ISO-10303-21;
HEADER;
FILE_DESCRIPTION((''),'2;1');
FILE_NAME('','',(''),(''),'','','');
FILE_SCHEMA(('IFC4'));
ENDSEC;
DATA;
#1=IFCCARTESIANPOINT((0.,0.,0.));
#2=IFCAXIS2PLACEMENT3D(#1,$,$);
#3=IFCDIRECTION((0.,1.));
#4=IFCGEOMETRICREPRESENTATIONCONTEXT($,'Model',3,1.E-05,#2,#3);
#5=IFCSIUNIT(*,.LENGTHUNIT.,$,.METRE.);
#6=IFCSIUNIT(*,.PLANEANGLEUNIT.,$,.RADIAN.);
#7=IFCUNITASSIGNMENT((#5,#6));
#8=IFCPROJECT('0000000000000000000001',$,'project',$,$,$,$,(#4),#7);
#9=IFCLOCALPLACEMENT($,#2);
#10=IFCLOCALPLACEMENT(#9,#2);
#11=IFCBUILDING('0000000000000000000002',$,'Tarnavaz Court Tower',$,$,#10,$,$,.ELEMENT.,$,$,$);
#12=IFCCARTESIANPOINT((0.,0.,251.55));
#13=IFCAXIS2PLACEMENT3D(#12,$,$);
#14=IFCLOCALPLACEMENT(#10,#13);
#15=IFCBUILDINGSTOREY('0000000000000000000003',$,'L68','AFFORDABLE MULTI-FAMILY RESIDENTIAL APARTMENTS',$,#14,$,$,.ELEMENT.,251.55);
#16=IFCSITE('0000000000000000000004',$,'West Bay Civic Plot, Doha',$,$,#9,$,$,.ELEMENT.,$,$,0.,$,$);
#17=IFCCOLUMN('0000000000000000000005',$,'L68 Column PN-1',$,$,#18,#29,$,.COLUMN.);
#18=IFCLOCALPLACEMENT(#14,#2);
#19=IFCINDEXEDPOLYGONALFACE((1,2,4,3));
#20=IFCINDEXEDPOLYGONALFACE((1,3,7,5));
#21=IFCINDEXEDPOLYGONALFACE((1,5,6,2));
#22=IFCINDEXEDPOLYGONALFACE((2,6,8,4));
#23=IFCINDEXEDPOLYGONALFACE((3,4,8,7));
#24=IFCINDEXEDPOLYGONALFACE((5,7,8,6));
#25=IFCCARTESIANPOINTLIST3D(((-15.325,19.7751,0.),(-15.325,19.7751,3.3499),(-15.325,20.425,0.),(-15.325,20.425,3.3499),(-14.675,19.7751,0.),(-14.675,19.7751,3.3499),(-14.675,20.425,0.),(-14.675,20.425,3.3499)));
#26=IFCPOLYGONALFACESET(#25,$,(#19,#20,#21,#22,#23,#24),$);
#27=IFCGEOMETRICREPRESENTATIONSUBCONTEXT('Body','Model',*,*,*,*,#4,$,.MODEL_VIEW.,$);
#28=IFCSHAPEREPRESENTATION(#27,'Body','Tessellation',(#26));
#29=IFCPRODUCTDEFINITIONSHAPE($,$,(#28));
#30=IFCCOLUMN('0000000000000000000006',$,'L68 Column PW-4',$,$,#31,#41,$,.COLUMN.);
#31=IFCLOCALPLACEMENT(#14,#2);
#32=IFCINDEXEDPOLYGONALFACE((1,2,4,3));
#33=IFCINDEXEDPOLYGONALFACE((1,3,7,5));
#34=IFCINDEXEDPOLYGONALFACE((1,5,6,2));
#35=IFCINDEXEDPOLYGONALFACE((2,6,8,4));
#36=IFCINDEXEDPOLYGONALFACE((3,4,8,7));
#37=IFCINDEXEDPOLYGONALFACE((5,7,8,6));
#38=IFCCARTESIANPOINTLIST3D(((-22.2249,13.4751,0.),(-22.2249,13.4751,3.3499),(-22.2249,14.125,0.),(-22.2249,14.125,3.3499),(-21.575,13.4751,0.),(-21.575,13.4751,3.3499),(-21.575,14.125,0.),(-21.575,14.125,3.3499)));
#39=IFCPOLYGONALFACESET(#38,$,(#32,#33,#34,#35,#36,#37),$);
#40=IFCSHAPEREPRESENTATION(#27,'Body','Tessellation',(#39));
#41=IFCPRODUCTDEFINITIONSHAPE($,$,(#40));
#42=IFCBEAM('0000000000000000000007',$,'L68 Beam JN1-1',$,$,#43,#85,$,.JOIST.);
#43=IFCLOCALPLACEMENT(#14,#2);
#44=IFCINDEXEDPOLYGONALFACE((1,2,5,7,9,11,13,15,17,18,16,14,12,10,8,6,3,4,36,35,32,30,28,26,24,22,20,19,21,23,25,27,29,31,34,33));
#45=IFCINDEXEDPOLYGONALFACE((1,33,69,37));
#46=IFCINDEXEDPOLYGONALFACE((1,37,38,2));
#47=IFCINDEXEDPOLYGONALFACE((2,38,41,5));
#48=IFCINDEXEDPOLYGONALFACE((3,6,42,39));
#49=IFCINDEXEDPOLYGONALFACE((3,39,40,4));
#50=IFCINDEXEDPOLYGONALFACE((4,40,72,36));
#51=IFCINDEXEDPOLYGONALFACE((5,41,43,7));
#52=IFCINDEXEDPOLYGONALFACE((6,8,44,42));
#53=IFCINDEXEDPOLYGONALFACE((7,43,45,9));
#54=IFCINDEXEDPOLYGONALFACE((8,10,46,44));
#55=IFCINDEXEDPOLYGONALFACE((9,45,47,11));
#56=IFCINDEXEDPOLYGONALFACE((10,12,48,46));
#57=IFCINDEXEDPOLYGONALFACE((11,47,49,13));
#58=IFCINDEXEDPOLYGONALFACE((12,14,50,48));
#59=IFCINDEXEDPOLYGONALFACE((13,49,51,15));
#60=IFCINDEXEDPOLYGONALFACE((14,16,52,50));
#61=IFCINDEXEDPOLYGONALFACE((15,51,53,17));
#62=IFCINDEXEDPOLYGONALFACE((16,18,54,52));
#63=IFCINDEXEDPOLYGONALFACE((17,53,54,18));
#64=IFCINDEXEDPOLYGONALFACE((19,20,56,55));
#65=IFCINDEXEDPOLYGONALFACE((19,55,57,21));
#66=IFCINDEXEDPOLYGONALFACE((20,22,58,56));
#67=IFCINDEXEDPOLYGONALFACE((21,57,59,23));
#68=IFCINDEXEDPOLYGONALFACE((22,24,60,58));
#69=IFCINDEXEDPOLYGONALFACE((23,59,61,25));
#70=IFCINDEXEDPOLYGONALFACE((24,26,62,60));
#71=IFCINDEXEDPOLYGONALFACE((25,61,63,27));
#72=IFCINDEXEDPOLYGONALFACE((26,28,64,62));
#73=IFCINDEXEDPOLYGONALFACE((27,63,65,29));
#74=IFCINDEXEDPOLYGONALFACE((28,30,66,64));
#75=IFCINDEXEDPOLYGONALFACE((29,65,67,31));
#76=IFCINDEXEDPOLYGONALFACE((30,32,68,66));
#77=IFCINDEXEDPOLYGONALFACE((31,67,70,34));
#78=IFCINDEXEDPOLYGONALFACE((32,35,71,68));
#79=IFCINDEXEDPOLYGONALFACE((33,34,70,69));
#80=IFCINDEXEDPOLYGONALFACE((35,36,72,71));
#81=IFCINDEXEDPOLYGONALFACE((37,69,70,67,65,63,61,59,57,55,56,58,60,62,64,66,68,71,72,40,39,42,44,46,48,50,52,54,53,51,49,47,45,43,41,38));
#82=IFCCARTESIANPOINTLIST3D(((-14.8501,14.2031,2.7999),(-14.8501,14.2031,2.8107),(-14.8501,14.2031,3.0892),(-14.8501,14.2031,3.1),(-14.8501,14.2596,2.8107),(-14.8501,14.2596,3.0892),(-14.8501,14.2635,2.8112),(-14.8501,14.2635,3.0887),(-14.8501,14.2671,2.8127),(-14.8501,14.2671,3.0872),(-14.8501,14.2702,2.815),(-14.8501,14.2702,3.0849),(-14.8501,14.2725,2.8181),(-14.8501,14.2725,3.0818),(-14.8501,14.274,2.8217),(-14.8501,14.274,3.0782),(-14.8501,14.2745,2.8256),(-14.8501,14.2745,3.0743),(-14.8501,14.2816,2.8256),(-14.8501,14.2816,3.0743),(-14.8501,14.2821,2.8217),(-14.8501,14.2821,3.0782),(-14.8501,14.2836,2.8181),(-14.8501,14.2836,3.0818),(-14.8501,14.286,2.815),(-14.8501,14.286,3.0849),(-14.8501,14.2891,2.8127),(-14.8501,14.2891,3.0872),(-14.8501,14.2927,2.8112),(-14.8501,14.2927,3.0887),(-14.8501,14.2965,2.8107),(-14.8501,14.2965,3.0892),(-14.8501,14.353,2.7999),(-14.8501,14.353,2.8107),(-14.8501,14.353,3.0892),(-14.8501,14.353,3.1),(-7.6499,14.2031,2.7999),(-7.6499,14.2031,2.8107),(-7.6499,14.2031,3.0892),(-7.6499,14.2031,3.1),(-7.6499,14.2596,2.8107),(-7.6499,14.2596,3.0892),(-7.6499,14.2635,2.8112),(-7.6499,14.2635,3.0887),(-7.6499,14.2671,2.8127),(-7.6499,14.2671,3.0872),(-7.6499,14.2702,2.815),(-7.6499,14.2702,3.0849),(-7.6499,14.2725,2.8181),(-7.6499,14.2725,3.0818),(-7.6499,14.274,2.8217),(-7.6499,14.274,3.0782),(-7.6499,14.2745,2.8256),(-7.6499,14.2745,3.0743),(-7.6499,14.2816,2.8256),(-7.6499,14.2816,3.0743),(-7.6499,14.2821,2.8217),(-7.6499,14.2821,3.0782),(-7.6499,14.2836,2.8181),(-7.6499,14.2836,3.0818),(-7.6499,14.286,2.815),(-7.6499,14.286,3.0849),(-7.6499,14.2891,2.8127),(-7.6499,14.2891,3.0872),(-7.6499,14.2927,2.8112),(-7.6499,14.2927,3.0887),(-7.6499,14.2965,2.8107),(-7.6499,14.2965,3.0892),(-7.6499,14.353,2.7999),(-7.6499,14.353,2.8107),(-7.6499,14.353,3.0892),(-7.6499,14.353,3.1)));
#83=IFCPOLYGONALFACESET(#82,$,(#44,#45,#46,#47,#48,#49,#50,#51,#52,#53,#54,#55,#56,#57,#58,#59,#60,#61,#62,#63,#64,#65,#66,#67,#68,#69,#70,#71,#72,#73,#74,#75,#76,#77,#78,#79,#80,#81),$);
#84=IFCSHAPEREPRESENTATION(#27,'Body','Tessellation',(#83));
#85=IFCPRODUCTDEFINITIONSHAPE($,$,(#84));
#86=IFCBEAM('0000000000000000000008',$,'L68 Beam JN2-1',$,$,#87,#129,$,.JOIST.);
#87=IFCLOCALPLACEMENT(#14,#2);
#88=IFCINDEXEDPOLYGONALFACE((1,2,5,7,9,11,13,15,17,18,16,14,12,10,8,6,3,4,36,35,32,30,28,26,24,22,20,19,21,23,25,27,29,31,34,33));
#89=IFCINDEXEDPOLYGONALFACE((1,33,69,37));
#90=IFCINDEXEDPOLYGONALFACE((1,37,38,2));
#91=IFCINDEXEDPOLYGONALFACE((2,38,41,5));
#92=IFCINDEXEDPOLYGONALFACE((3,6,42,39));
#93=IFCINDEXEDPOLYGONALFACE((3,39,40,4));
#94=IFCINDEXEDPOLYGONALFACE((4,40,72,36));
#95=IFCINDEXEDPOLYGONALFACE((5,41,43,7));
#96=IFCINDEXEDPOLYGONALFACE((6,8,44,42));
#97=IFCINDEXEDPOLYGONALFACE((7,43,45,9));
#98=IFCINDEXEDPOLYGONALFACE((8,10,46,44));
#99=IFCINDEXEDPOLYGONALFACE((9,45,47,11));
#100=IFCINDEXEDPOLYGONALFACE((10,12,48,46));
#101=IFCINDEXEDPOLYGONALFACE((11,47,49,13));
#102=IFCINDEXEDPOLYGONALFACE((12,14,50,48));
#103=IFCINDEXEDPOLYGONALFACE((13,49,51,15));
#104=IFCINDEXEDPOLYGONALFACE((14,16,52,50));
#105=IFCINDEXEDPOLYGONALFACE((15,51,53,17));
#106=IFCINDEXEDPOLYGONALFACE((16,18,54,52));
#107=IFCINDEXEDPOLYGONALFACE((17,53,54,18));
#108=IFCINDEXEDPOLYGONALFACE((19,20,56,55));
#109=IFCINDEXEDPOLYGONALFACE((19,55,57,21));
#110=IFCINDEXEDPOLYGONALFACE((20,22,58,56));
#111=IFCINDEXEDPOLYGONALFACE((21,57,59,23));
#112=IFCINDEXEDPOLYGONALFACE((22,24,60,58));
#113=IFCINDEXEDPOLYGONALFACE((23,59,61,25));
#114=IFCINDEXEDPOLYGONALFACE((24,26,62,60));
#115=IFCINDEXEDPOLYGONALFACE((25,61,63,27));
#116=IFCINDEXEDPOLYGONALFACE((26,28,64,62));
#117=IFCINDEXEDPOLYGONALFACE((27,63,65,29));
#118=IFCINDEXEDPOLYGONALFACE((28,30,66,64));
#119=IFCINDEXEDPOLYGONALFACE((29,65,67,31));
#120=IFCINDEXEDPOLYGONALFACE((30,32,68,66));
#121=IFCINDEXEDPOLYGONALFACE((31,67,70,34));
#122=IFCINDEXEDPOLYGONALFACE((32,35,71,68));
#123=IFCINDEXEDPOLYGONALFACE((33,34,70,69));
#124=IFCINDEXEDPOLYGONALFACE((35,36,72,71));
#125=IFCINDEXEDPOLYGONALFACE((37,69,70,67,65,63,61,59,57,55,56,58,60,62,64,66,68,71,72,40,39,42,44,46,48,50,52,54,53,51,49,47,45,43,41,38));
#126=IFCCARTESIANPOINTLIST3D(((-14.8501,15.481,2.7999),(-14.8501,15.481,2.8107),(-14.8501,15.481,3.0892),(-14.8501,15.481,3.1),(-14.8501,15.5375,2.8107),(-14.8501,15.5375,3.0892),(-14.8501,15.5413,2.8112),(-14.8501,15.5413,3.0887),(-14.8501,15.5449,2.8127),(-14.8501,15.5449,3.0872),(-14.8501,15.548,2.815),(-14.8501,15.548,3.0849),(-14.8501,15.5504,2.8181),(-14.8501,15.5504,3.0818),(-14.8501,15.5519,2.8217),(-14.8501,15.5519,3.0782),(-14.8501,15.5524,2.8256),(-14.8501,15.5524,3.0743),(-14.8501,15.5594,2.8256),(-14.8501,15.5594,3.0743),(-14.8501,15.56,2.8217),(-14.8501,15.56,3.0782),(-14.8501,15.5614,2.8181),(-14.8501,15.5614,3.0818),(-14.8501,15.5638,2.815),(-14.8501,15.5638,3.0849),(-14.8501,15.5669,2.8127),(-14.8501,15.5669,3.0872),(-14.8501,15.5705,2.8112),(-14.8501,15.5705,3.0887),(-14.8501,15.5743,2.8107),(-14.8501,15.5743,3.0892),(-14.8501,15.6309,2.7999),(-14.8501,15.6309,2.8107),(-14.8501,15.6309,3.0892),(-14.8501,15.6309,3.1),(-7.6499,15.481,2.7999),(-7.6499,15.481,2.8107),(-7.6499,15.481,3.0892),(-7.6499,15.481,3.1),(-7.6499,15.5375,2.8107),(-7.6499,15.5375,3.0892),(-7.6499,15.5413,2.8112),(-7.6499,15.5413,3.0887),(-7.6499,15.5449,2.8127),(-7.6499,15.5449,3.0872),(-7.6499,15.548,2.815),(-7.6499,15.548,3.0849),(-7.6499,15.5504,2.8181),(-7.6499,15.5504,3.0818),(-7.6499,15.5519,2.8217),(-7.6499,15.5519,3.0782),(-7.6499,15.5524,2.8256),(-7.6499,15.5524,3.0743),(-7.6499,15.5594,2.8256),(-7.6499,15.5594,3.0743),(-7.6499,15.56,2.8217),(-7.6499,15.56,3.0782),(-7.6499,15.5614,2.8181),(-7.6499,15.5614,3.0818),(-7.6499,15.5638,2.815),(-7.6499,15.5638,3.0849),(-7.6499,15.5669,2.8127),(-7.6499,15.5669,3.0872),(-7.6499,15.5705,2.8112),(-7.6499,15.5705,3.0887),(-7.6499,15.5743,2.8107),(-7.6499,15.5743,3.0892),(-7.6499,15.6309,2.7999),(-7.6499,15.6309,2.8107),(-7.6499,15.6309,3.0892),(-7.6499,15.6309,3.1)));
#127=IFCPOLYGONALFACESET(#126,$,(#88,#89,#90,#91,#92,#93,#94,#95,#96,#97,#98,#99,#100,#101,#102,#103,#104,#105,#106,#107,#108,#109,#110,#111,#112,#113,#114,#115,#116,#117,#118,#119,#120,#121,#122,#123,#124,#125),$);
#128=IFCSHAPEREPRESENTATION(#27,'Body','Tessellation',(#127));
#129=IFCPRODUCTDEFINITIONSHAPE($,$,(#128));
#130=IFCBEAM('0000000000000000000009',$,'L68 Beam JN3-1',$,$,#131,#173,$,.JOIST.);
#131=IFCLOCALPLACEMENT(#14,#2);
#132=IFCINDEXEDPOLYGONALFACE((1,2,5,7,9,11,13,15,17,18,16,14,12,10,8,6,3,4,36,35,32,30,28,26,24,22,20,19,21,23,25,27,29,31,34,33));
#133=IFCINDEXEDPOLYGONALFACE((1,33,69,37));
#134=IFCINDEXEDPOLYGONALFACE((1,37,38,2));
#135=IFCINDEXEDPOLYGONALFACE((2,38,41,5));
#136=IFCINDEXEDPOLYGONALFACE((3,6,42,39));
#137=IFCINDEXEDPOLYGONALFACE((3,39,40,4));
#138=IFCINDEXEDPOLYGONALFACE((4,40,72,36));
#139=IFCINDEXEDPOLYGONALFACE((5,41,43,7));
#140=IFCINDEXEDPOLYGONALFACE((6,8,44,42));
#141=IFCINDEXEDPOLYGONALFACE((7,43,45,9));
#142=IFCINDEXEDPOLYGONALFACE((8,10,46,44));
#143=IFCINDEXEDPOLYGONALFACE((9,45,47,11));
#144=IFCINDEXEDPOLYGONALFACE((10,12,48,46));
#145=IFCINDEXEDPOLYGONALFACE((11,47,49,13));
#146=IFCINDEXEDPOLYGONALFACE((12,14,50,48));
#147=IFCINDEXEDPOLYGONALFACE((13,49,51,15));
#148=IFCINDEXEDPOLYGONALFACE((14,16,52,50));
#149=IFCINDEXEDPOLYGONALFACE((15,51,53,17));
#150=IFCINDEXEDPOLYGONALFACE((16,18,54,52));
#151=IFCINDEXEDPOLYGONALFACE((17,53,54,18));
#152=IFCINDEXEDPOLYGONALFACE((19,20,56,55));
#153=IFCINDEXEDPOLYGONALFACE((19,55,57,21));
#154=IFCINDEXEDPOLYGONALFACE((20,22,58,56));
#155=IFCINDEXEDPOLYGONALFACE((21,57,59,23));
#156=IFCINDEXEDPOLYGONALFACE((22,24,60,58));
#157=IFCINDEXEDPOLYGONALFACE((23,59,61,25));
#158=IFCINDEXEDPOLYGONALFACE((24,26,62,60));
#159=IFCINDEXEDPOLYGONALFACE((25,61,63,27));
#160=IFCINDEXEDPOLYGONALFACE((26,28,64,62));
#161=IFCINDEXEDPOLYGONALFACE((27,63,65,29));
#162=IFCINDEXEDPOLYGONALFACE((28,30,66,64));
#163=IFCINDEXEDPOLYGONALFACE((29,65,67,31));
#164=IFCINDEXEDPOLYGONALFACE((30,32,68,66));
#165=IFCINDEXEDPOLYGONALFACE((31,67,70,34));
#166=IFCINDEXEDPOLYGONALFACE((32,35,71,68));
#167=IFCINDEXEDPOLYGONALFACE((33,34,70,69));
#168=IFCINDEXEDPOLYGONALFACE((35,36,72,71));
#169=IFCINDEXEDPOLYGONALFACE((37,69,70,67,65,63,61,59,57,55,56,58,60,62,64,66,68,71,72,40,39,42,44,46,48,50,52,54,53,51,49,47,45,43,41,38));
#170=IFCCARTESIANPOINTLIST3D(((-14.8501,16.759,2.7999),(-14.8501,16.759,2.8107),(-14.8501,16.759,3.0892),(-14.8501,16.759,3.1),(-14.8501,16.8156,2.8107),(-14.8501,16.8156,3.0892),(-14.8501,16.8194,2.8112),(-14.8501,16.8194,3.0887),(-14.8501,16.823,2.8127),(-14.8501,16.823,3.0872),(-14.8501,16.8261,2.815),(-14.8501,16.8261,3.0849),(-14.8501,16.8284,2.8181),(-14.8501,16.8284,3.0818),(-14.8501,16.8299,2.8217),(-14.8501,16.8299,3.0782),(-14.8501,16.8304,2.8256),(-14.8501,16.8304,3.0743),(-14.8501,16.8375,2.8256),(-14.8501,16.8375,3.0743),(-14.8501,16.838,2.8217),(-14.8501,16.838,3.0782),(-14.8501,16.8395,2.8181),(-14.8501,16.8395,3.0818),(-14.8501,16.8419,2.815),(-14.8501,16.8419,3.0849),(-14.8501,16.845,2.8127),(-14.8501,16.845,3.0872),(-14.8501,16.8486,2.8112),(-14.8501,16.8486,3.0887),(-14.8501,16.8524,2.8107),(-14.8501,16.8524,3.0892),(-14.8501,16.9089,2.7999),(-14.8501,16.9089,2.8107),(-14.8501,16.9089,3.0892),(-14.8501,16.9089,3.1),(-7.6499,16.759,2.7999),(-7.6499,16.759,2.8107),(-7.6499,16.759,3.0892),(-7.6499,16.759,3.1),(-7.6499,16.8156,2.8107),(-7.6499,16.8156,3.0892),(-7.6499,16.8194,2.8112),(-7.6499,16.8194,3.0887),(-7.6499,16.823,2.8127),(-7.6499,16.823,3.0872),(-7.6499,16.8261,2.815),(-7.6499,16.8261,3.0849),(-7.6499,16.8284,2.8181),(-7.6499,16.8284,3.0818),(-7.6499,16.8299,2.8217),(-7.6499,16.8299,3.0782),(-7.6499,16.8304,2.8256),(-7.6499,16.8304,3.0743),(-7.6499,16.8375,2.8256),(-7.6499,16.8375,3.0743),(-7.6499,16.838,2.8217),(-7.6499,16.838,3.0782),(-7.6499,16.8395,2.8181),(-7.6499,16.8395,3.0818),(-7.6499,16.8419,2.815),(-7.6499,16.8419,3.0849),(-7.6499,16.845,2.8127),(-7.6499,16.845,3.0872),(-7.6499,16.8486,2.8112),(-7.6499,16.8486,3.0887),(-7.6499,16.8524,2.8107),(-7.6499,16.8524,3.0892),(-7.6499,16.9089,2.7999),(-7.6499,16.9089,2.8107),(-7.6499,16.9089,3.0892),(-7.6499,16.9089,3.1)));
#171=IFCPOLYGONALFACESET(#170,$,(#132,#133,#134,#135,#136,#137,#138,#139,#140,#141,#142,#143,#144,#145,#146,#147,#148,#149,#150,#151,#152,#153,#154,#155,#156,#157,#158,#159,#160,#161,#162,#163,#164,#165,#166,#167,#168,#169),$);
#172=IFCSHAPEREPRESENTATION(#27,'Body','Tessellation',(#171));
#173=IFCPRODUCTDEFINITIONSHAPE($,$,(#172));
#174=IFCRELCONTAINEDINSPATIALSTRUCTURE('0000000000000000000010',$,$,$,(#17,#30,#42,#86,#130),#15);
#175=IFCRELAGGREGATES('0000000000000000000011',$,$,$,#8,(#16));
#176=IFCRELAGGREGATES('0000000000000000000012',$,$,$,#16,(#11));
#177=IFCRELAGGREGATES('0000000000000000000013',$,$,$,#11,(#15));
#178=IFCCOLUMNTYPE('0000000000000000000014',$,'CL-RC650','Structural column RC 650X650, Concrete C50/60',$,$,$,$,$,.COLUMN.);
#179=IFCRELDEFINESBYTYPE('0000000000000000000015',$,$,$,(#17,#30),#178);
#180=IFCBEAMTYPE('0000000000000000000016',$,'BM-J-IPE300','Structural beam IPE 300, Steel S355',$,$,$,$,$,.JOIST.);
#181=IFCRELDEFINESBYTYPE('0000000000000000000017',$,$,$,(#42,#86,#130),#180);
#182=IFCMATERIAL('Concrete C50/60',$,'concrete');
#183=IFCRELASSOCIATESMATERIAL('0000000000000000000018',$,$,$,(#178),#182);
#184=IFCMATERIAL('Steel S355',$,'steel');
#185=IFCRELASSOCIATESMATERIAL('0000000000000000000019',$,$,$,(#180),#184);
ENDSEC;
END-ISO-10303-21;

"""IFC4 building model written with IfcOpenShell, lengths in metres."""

from ifc_helpers import new_model, si_unit, direction, frame, origin, origin_2d, place, context, subcontext, project, spatial, rectangle, i_section, extrude, material, material_profile, profile_set, type_object, element, save


model = new_model("IFC4")

# Units and contexts
model_context = context("Model", 3, precision=1e-05, world=origin(), true_north=direction((0.0, 1.0)))
body_context = subcontext(model_context, "Body", "Model", "MODEL_VIEW")
ifc_project = project(units=[si_unit("LENGTHUNIT", "METRE"), si_unit("PLANEANGLEUNIT", "RADIAN")], contexts=[model_context])

# Site, building, storey
site_placement = place(None, origin())
site = spatial("IfcSite", under=ifc_project, at=site_placement, Name="West Bay Civic Plot, Doha", CompositionType="ELEMENT", RefElevation=0.0)
building_placement = place(site_placement, origin())
building = spatial("IfcBuilding", under=site, at=building_placement, Name="Tarnavaz Court Tower", CompositionType="ELEMENT")
storey_placement = place(building_placement, frame((0.0, 0.0, 251.55)))
storey = spatial("IfcBuildingStorey", under=building, at=storey_placement, Name="L68", Description="AFFORDABLE MULTI-FAMILY RESIDENTIAL APARTMENTS", CompositionType="ELEMENT", Elevation=251.55)

# Columns
ifc_material_1 = material(Name="Concrete C50/60", Category="concrete")
ifc_material_profile_1 = material_profile(ifc_material_1, rectangle(XDim=0.6499, YDim=0.6499, at=origin_2d()), Name="RC 650X650")
ifc_profile_set_1 = profile_set([ifc_material_profile_1], Name="Concrete C50/60")
column_type = type_object("IfcColumnType", Name="CL-RC650", Description="Structural column RC 650X650, Concrete C50/60", PredefinedType="COLUMN", material=ifc_profile_set_1)
for number, where, z_axis, x_axis, name in (
    (1, (-15.0, 20.1001, 0.0), (0.0, 0.0, 1.0), (1.0, 0.0, 0.0), "L68 Column PN-1"),
    (2, (-21.8999, 13.8, 0.0), (0.0, 0.0, 1.0), (1.0, 0.0, 0.0), "L68 Column PW-4"),
):
    element("IfcColumn", number, at=place(storey_placement, frame(where, z_axis=z_axis, x_axis=x_axis)), inside=storey, type_object=column_type, Name=name, PredefinedType="COLUMN", context=body_context, shape_type="SweptSolid", body=[
        extrude(rectangle(XDim=0.6499, YDim=0.6499, at=origin_2d()), origin(), (0.0, 0.0, 1.0), 3.3499),
    ])

# Beams
ifc_material_2 = material(Name="Steel S355", Category="steel")
ifc_material_profile_2 = material_profile(ifc_material_2, i_section(OverallWidth=0.1499, OverallDepth=0.3, WebThickness=0.0071, FlangeThickness=0.0107, FilletRadius=0.0149, at=origin_2d()), Name="IPE 300")
ifc_profile_set_2 = profile_set([ifc_material_profile_2], Name="Steel S355")
beam_type_1 = type_object("IfcBeamType", Name="BM-J-IPE300", Description="Structural beam IPE 300, Steel S355", PredefinedType="JOIST", material=ifc_profile_set_2)
for number, where, z_axis, x_axis, name in (
    (3, (-14.8501, 14.2781, 2.95), (1.0, 0.0, 0.0), (0.0, 1.0, 0.0), "L68 Beam JN1-1"),
    (4, (-14.8501, 15.5559, 2.95), (1.0, 0.0, 0.0), (0.0, 1.0, 0.0), "L68 Beam JN2-1"),
    (5, (-14.8501, 16.834, 2.95), (1.0, 0.0, 0.0), (0.0, 1.0, 0.0), "L68 Beam JN3-1"),
):
    element("IfcBeam", number, at=place(storey_placement, frame(where, z_axis=z_axis, x_axis=x_axis)), inside=storey, type_object=beam_type_1, Name=name, PredefinedType="JOIST", context=body_context, shape_type="SweptSolid", body=[
        extrude(i_section(OverallWidth=0.1499, OverallDepth=0.3, WebThickness=0.0071, FlangeThickness=0.0107, FilletRadius=0.0149, at=origin_2d()), origin(), (0.0, 0.0, 1.0), 7.2002),
    ])

save(model, "model.ifc")
